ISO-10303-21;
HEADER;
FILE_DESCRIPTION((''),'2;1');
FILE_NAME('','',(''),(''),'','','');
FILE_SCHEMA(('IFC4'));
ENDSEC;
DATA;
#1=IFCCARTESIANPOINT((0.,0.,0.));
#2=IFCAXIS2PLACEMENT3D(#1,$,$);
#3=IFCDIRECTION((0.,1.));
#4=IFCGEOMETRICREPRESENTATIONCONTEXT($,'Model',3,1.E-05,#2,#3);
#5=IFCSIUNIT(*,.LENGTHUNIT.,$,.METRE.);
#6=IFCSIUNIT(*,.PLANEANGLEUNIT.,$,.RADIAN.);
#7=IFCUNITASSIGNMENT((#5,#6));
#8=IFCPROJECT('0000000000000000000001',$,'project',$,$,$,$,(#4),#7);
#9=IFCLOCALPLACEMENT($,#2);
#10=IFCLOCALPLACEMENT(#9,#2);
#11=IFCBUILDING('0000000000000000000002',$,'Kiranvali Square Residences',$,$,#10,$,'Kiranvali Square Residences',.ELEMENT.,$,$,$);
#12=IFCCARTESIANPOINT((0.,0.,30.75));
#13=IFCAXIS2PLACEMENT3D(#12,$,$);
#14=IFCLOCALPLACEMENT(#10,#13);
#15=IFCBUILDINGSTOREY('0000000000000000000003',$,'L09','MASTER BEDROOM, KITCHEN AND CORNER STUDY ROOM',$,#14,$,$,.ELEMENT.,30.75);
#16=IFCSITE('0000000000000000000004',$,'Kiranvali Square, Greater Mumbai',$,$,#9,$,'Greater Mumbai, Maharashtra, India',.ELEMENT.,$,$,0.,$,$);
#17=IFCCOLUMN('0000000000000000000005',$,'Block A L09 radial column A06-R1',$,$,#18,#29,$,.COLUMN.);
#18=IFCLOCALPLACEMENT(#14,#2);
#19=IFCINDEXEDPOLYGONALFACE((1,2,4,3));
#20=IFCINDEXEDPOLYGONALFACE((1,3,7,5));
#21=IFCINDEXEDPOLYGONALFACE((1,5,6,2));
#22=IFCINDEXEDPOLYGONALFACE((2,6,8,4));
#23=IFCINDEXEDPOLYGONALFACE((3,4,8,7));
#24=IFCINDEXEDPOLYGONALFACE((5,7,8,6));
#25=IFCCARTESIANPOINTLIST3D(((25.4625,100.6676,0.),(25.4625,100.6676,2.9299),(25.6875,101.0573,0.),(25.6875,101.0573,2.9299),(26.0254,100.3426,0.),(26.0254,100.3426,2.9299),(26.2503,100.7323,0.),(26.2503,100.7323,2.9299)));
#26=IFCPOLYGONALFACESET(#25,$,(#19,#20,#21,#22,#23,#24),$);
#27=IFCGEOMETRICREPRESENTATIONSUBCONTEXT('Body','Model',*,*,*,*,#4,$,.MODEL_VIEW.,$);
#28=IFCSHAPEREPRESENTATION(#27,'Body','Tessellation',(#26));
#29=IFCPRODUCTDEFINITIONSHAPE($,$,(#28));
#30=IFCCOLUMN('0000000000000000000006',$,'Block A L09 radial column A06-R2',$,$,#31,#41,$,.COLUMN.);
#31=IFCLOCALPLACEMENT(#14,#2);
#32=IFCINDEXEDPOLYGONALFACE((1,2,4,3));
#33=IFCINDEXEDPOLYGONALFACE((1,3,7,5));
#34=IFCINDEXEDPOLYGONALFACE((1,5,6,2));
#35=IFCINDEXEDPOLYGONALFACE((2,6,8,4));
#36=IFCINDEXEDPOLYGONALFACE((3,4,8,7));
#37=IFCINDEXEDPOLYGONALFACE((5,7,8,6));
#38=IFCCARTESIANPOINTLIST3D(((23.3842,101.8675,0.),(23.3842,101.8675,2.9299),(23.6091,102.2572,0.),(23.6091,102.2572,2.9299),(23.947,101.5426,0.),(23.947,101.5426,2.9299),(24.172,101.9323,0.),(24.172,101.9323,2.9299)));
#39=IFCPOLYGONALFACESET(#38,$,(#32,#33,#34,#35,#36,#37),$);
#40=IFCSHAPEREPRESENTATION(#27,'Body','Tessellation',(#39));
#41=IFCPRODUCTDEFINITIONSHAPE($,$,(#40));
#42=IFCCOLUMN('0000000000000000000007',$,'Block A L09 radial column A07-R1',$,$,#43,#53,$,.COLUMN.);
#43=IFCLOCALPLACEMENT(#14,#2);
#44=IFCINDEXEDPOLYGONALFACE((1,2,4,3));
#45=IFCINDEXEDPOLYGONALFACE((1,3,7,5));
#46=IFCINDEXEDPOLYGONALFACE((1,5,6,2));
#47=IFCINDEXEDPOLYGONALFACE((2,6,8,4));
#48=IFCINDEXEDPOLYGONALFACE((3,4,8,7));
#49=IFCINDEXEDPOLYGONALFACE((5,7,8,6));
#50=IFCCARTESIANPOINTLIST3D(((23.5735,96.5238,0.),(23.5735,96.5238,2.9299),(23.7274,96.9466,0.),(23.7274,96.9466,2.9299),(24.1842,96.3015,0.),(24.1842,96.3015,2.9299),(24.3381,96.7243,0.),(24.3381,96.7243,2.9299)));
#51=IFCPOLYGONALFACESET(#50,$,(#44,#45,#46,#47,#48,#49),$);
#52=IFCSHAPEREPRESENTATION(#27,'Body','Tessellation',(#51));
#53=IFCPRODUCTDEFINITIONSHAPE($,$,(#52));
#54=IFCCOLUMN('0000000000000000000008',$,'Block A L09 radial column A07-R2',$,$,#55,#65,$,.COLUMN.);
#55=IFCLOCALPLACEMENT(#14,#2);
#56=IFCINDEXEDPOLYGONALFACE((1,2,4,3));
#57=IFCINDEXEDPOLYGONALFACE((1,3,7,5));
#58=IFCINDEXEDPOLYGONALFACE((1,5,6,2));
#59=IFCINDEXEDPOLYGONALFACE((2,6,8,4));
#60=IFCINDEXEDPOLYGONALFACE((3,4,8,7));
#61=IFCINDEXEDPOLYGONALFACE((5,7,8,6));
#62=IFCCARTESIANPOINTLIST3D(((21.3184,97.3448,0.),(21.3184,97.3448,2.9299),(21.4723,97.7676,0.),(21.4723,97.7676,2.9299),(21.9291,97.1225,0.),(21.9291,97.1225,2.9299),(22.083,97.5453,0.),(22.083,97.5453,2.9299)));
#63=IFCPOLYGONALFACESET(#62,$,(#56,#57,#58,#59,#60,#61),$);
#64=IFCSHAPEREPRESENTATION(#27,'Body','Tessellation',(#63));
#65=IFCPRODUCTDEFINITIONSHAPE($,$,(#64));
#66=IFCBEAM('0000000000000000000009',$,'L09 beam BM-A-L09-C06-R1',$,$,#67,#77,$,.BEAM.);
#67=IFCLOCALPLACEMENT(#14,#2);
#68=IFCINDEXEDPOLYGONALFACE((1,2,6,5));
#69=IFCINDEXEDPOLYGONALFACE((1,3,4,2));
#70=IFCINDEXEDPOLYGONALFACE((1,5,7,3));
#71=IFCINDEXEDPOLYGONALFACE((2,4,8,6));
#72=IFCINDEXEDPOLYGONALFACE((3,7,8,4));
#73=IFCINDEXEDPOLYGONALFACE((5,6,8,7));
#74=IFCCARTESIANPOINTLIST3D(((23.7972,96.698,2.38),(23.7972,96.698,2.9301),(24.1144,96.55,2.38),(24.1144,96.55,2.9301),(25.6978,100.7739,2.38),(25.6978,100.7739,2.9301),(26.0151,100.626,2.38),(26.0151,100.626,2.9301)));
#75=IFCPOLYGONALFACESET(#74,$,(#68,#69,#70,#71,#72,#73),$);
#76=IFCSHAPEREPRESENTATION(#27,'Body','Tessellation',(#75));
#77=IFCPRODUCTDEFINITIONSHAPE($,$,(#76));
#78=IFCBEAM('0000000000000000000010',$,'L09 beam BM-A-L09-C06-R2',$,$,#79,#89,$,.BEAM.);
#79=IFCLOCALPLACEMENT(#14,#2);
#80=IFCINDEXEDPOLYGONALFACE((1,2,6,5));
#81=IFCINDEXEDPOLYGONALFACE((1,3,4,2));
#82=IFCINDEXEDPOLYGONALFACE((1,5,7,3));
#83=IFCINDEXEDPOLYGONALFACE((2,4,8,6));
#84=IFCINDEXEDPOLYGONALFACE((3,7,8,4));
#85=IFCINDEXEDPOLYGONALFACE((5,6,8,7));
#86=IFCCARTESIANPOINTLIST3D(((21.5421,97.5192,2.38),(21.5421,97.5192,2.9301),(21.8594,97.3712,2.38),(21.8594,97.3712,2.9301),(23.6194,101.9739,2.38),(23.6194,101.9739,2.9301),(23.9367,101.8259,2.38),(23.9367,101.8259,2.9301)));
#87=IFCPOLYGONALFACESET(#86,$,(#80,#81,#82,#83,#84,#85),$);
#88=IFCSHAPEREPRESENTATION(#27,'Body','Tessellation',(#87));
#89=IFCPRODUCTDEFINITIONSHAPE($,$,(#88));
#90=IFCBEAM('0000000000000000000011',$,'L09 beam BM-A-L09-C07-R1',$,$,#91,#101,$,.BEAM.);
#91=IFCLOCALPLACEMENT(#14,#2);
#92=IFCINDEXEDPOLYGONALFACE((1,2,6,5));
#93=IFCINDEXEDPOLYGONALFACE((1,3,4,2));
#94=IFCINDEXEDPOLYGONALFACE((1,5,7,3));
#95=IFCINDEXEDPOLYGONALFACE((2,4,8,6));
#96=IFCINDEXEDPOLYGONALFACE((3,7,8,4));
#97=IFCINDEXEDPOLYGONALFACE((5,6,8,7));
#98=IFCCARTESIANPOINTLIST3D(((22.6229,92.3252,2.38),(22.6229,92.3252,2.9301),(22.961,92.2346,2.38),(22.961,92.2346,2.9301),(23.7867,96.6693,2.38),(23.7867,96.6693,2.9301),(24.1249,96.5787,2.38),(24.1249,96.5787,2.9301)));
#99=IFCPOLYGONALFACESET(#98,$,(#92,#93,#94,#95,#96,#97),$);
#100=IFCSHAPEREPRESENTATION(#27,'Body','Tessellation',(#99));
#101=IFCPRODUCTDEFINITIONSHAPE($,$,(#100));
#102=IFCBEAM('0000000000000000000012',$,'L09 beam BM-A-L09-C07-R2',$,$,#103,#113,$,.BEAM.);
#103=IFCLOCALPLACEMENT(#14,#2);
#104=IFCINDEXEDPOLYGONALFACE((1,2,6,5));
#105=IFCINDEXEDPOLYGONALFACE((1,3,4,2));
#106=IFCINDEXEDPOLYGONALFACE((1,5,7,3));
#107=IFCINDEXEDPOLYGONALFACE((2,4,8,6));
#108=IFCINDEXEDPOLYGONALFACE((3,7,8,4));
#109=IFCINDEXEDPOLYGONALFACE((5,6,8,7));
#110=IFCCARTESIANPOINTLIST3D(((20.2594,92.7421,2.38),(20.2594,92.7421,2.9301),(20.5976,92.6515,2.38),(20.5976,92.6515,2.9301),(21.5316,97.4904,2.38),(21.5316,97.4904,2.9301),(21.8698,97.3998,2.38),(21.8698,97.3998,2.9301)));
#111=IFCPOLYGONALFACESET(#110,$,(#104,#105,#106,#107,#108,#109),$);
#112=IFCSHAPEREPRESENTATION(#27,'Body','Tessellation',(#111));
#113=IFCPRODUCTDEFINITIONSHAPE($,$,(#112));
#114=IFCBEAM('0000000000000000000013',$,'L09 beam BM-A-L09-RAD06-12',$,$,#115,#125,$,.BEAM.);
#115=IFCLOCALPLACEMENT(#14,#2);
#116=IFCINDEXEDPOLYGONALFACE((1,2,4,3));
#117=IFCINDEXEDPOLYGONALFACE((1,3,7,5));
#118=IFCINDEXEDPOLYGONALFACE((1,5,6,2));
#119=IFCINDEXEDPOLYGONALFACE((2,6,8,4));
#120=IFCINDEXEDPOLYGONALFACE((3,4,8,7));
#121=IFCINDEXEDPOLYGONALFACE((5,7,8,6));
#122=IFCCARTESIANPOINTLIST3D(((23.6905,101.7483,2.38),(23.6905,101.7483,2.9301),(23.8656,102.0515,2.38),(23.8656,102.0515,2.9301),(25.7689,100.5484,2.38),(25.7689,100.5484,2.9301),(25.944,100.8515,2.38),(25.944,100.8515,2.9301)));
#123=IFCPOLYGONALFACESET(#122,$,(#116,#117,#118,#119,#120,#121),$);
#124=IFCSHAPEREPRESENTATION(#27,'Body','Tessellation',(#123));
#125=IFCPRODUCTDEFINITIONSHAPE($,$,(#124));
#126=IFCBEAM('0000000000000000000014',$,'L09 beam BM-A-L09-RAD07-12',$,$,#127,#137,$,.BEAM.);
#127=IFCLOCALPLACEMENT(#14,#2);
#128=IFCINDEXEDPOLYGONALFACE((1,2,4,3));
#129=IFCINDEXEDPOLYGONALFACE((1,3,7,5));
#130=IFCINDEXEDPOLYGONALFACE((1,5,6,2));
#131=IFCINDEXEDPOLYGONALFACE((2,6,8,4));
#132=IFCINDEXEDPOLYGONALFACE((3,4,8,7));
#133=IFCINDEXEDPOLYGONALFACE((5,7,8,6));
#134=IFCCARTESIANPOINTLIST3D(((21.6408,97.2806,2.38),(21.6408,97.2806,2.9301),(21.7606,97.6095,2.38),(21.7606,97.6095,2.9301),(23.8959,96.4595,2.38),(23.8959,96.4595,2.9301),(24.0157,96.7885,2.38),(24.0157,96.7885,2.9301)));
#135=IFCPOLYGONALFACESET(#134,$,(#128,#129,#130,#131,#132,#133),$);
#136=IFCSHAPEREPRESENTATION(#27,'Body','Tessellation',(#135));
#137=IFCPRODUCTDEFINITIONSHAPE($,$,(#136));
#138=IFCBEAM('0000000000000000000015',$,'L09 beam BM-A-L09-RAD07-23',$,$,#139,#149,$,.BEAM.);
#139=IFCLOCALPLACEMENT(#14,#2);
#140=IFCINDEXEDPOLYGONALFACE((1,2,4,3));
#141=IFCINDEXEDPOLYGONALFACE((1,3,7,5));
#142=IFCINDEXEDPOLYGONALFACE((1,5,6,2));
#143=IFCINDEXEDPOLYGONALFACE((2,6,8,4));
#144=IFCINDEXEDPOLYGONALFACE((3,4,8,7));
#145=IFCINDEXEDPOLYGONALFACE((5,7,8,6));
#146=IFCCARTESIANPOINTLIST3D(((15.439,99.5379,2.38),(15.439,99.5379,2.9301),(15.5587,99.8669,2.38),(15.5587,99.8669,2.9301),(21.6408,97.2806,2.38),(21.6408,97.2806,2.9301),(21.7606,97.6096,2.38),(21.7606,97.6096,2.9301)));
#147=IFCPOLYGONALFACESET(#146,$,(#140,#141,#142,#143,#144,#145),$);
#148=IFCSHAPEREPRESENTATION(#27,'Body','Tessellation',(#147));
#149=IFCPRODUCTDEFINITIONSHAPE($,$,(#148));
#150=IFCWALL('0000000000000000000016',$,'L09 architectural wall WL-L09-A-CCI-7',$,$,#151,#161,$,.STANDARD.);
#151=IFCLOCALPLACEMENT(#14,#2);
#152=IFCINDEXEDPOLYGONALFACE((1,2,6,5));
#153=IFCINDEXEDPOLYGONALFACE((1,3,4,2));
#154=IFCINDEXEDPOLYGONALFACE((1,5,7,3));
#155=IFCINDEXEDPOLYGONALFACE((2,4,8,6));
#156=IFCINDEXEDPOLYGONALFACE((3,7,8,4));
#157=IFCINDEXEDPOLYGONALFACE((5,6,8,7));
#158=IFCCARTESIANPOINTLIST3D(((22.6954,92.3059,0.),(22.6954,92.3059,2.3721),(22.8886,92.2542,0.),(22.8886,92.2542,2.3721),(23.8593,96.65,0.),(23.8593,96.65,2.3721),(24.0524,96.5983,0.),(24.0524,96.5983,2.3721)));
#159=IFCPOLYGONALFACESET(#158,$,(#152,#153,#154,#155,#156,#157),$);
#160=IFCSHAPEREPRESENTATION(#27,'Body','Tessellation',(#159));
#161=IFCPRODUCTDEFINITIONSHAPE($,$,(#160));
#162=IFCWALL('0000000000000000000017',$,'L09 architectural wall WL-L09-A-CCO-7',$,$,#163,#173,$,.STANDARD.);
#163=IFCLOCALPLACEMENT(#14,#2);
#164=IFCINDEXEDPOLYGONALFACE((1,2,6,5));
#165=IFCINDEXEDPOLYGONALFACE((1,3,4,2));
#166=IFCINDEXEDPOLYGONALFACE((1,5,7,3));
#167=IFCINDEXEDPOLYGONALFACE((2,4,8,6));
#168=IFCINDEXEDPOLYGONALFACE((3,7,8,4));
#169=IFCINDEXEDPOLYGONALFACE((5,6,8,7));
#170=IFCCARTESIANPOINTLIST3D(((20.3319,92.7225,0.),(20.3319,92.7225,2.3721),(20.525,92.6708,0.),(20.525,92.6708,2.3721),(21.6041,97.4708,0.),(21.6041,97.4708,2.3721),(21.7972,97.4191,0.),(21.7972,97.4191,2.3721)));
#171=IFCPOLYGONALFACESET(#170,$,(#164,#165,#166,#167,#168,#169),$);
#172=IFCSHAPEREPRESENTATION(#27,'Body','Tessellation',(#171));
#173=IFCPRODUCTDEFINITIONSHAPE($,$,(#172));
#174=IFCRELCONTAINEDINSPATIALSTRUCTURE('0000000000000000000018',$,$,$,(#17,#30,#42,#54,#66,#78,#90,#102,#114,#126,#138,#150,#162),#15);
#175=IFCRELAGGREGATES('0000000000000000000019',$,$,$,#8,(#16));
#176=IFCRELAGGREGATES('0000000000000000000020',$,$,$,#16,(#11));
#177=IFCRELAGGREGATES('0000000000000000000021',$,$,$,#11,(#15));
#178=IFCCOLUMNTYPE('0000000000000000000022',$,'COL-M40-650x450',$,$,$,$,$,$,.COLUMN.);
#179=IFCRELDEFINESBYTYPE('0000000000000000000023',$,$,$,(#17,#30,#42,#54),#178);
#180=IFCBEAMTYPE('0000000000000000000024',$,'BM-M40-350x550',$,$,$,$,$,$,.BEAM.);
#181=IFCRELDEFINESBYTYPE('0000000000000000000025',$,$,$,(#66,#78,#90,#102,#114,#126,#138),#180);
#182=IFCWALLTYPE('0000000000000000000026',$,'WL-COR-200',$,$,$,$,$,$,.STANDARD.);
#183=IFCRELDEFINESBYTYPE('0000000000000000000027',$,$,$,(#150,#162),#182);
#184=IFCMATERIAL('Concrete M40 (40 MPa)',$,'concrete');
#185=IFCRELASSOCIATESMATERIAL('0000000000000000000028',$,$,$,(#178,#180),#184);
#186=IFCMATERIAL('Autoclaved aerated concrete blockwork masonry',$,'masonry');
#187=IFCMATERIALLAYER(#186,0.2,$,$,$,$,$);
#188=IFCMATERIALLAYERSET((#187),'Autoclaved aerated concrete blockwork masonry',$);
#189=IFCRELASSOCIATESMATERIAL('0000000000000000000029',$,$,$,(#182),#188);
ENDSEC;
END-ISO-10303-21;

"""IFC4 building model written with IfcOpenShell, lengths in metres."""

from ifc_helpers import new_model, si_unit, direction, frame, frame_2d, origin, origin_2d, place, context, subcontext, project, spatial, rectangle, extrude, material, layer, layer_set, material_profile, profile_set, type_object, element, save


model = new_model("IFC4")

# Units and contexts
model_context = context("Model", 3, precision=1e-05, world=origin(), true_north=direction((0.0, 1.0)))
body_context = subcontext(model_context, "Body", "Model", "MODEL_VIEW")
ifc_project = project(units=[si_unit("LENGTHUNIT", "METRE"), si_unit("PLANEANGLEUNIT", "RADIAN")], contexts=[model_context])

# Site, building, storey
site_placement = place(None, origin())
site = spatial("IfcSite", under=ifc_project, at=site_placement, Name="Kiranvali Square, Greater Mumbai", LongName="Greater Mumbai, Maharashtra, India", CompositionType="ELEMENT", RefElevation=0.0)
building_placement = place(site_placement, origin())
building = spatial("IfcBuilding", under=site, at=building_placement, Name="Kiranvali Square Residences", LongName="Kiranvali Square Residences", CompositionType="ELEMENT")
storey_placement = place(building_placement, frame((0.0, 0.0, 30.75)))
storey = spatial("IfcBuildingStorey", under=building, at=storey_placement, Name="L09", Description="MASTER BEDROOM, KITCHEN AND CORNER STUDY ROOM", CompositionType="ELEMENT", Elevation=30.75)

# Columns
ifc_material_1 = material(Name="Concrete M40 (40 MPa)", Category="concrete")
ifc_material_profile_1 = material_profile(ifc_material_1, rectangle(XDim=0.45, YDim=0.6499, at=origin_2d()), Name="RC 650x450")
ifc_profile_set_1 = profile_set([ifc_material_profile_1], Name="Concrete M40 (40 MPa)")
column_type = type_object("IfcColumnType", Name="COL-M40-650x450", PredefinedType="COLUMN", material=ifc_profile_set_1)
for number, where, z_axis, x_axis, name in (
    (1, (25.8564, 100.7, 0.0), (0.0, 0.0, 1.0), (0.5, 0.866025, 0.0), "Block A L09 radial column A06-R1"),
    (2, (23.7781, 101.8999, 0.0), (0.0, 0.0, 1.0), (0.5, 0.866025, 0.0), "Block A L09 radial column A06-R2"),
    (3, (23.9558, 96.624, 0.0), (0.0, 0.0, 1.0), (0.34202, 0.939693, 0.0), "Block A L09 radial column A07-R1"),
    (4, (21.7007, 97.4451, 0.0), (0.0, 0.0, 1.0), (0.34202, 0.939693, 0.0), "Block A L09 radial column A07-R2"),
):
    element("IfcColumn", number, at=place(storey_placement, frame(where, z_axis=z_axis, x_axis=x_axis)), inside=storey, type_object=column_type, Name=name, PredefinedType="COLUMN", context=body_context, shape_type="SweptSolid", body=[
        extrude(rectangle(XDim=0.45, YDim=0.6499, at=origin_2d()), origin(), (0.0, 0.0, 1.0), 2.9299),
    ])

# Beams
ifc_material_profile_2 = material_profile(ifc_material_1, rectangle(XDim=0.3501, YDim=0.55, at=origin_2d()), Name="RC 350x550")
ifc_profile_set_2 = profile_set([ifc_material_profile_2], Name="Concrete M40 (40 MPa)")
beam_type = type_object("IfcBeamType", Name="BM-M40-350x550", PredefinedType="BEAM", material=ifc_profile_set_2)
beam_1_placement = place(storey_placement, frame((25.8564, 100.7, 2.655), z_axis=(-0.422618, -0.906308, 0.0), x_axis=(0.906308, -0.422618, 0.0)))
element("IfcBeam", 5, at=beam_1_placement, inside=storey, type_object=beam_type, Name="L09 beam BM-A-L09-C06-R1", PredefinedType="BEAM", context=body_context, shape_type="SweptSolid", body=[
    extrude(rectangle(XDim=0.3501, YDim=0.55, at=origin_2d()), origin(), (0.0, 0.0, 1.0), 4.4973),
])
beam_2_placement = place(storey_placement, frame((23.7781, 101.8999, 2.655), z_axis=(-0.42263, -0.906302, 0.0), x_axis=(0.906302, -0.42263, 0.0)))
element("IfcBeam", 6, at=beam_2_placement, inside=storey, type_object=beam_type, Name="L09 beam BM-A-L09-C06-R2", PredefinedType="BEAM", context=body_context, shape_type="SweptSolid", body=[
    extrude(rectangle(XDim=0.3501, YDim=0.55, at=origin_2d()), origin(), (0.0, 0.0, 1.0), 4.9153),
])
beam_3_placement = place(storey_placement, frame((23.9558, 96.624, 2.655), z_axis=(-0.258788, -0.965934, 0.0), x_axis=(0.965934, -0.258788, 0.0)))
element("IfcBeam", 7, at=beam_3_placement, inside=storey, type_object=beam_type, Name="L09 beam BM-A-L09-C07-R1", PredefinedType="BEAM", context=body_context, shape_type="SweptSolid", body=[
    extrude(rectangle(XDim=0.3501, YDim=0.55, at=origin_2d()), origin(), (0.0, 0.0, 1.0), 4.4973),
])
beam_4_placement = place(storey_placement, frame((21.7007, 97.4451, 2.655), z_axis=(-0.258803, -0.96593, 0.0), x_axis=(0.96593, -0.258803, 0.0)))
element("IfcBeam", 8, at=beam_4_placement, inside=storey, type_object=beam_type, Name="L09 beam BM-A-L09-C07-R2", PredefinedType="BEAM", context=body_context, shape_type="SweptSolid", body=[
    extrude(rectangle(XDim=0.3501, YDim=0.55, at=origin_2d()), origin(), (0.0, 0.0, 1.0), 4.9158),
])
for number, where, z_axis, x_axis, name in (
    (9, (25.8564, 100.7, 2.655), (-0.866025, 0.500001, 0.0), (-0.500001, -0.866025, 0.0), "L09 beam BM-A-L09-RAD06-12"),
    (10, (23.9558, 96.624, 2.655), (-0.93966, 0.342111, 0.0), (-0.342111, -0.93966, 0.0), "L09 beam BM-A-L09-RAD07-12"),
):
    element("IfcBeam", number, at=place(storey_placement, frame(where, z_axis=z_axis, x_axis=x_axis)), inside=storey, type_object=beam_type, Name=name, PredefinedType="BEAM", context=body_context, shape_type="SweptSolid", body=[
        extrude(rectangle(XDim=0.3501, YDim=0.55, at=origin_2d()), origin(), (0.0, 0.0, 1.0), 2.3999),
    ])
beam_5_placement = place(storey_placement, frame((21.7007, 97.4451, 2.655), z_axis=(-0.939692, 0.342022, 0.0), x_axis=(-0.342022, -0.939692, 0.0)))
element("IfcBeam", 11, at=beam_5_placement, inside=storey, type_object=beam_type, Name="L09 beam BM-A-L09-RAD07-23", PredefinedType="BEAM", context=body_context, shape_type="SweptSolid", body=[
    extrude(rectangle(XDim=0.3501, YDim=0.55, at=origin_2d()), origin(), (0.0, 0.0, 1.0), 6.5999),
])

# Shared definitions
ifc_material_2 = material(Name="Autoclaved aerated concrete blockwork masonry", Category="masonry")
ifc_layer_1 = layer(ifc_material_2, 0.2)
ifc_layer_set_1 = layer_set([ifc_layer_1], Name="Autoclaved aerated concrete blockwork masonry")
wall_type_1 = type_object("IfcWallType", Name="WL-COR-200", PredefinedType="STANDARD", material=ifc_layer_set_1)

# Walls
wall_1_placement = place(storey_placement, frame((23.9558, 96.624, 0.0), z_axis=(0.0, 0.0, 1.0), x_axis=(-0.258788, -0.965934, 0.0)))
element("IfcWall", 12, at=wall_1_placement, inside=storey, type_object=wall_type_1, Name="L09 architectural wall WL-L09-A-CCI-7", PredefinedType="STANDARD", context=body_context, shape_type="SweptSolid", body=[
    extrude(rectangle(XDim=4.4973, YDim=0.2, at=frame_2d((2.2485, 0.0))), origin(), (0.0, 0.0, 1.0), 2.3721),
])
wall_2_placement = place(storey_placement, frame((21.7007, 97.4451, 0.0), z_axis=(0.0, 0.0, 1.0), x_axis=(-0.258803, -0.96593, 0.0)))
element("IfcWall", 13, at=wall_2_placement, inside=storey, type_object=wall_type_1, Name="L09 architectural wall WL-L09-A-CCO-7", PredefinedType="STANDARD", context=body_context, shape_type="SweptSolid", body=[
    extrude(rectangle(XDim=4.9158, YDim=0.2, at=frame_2d((2.458, 0.0))), origin(), (0.0, 0.0, 1.0), 2.3721),
])

save(model, "model.ifc")
